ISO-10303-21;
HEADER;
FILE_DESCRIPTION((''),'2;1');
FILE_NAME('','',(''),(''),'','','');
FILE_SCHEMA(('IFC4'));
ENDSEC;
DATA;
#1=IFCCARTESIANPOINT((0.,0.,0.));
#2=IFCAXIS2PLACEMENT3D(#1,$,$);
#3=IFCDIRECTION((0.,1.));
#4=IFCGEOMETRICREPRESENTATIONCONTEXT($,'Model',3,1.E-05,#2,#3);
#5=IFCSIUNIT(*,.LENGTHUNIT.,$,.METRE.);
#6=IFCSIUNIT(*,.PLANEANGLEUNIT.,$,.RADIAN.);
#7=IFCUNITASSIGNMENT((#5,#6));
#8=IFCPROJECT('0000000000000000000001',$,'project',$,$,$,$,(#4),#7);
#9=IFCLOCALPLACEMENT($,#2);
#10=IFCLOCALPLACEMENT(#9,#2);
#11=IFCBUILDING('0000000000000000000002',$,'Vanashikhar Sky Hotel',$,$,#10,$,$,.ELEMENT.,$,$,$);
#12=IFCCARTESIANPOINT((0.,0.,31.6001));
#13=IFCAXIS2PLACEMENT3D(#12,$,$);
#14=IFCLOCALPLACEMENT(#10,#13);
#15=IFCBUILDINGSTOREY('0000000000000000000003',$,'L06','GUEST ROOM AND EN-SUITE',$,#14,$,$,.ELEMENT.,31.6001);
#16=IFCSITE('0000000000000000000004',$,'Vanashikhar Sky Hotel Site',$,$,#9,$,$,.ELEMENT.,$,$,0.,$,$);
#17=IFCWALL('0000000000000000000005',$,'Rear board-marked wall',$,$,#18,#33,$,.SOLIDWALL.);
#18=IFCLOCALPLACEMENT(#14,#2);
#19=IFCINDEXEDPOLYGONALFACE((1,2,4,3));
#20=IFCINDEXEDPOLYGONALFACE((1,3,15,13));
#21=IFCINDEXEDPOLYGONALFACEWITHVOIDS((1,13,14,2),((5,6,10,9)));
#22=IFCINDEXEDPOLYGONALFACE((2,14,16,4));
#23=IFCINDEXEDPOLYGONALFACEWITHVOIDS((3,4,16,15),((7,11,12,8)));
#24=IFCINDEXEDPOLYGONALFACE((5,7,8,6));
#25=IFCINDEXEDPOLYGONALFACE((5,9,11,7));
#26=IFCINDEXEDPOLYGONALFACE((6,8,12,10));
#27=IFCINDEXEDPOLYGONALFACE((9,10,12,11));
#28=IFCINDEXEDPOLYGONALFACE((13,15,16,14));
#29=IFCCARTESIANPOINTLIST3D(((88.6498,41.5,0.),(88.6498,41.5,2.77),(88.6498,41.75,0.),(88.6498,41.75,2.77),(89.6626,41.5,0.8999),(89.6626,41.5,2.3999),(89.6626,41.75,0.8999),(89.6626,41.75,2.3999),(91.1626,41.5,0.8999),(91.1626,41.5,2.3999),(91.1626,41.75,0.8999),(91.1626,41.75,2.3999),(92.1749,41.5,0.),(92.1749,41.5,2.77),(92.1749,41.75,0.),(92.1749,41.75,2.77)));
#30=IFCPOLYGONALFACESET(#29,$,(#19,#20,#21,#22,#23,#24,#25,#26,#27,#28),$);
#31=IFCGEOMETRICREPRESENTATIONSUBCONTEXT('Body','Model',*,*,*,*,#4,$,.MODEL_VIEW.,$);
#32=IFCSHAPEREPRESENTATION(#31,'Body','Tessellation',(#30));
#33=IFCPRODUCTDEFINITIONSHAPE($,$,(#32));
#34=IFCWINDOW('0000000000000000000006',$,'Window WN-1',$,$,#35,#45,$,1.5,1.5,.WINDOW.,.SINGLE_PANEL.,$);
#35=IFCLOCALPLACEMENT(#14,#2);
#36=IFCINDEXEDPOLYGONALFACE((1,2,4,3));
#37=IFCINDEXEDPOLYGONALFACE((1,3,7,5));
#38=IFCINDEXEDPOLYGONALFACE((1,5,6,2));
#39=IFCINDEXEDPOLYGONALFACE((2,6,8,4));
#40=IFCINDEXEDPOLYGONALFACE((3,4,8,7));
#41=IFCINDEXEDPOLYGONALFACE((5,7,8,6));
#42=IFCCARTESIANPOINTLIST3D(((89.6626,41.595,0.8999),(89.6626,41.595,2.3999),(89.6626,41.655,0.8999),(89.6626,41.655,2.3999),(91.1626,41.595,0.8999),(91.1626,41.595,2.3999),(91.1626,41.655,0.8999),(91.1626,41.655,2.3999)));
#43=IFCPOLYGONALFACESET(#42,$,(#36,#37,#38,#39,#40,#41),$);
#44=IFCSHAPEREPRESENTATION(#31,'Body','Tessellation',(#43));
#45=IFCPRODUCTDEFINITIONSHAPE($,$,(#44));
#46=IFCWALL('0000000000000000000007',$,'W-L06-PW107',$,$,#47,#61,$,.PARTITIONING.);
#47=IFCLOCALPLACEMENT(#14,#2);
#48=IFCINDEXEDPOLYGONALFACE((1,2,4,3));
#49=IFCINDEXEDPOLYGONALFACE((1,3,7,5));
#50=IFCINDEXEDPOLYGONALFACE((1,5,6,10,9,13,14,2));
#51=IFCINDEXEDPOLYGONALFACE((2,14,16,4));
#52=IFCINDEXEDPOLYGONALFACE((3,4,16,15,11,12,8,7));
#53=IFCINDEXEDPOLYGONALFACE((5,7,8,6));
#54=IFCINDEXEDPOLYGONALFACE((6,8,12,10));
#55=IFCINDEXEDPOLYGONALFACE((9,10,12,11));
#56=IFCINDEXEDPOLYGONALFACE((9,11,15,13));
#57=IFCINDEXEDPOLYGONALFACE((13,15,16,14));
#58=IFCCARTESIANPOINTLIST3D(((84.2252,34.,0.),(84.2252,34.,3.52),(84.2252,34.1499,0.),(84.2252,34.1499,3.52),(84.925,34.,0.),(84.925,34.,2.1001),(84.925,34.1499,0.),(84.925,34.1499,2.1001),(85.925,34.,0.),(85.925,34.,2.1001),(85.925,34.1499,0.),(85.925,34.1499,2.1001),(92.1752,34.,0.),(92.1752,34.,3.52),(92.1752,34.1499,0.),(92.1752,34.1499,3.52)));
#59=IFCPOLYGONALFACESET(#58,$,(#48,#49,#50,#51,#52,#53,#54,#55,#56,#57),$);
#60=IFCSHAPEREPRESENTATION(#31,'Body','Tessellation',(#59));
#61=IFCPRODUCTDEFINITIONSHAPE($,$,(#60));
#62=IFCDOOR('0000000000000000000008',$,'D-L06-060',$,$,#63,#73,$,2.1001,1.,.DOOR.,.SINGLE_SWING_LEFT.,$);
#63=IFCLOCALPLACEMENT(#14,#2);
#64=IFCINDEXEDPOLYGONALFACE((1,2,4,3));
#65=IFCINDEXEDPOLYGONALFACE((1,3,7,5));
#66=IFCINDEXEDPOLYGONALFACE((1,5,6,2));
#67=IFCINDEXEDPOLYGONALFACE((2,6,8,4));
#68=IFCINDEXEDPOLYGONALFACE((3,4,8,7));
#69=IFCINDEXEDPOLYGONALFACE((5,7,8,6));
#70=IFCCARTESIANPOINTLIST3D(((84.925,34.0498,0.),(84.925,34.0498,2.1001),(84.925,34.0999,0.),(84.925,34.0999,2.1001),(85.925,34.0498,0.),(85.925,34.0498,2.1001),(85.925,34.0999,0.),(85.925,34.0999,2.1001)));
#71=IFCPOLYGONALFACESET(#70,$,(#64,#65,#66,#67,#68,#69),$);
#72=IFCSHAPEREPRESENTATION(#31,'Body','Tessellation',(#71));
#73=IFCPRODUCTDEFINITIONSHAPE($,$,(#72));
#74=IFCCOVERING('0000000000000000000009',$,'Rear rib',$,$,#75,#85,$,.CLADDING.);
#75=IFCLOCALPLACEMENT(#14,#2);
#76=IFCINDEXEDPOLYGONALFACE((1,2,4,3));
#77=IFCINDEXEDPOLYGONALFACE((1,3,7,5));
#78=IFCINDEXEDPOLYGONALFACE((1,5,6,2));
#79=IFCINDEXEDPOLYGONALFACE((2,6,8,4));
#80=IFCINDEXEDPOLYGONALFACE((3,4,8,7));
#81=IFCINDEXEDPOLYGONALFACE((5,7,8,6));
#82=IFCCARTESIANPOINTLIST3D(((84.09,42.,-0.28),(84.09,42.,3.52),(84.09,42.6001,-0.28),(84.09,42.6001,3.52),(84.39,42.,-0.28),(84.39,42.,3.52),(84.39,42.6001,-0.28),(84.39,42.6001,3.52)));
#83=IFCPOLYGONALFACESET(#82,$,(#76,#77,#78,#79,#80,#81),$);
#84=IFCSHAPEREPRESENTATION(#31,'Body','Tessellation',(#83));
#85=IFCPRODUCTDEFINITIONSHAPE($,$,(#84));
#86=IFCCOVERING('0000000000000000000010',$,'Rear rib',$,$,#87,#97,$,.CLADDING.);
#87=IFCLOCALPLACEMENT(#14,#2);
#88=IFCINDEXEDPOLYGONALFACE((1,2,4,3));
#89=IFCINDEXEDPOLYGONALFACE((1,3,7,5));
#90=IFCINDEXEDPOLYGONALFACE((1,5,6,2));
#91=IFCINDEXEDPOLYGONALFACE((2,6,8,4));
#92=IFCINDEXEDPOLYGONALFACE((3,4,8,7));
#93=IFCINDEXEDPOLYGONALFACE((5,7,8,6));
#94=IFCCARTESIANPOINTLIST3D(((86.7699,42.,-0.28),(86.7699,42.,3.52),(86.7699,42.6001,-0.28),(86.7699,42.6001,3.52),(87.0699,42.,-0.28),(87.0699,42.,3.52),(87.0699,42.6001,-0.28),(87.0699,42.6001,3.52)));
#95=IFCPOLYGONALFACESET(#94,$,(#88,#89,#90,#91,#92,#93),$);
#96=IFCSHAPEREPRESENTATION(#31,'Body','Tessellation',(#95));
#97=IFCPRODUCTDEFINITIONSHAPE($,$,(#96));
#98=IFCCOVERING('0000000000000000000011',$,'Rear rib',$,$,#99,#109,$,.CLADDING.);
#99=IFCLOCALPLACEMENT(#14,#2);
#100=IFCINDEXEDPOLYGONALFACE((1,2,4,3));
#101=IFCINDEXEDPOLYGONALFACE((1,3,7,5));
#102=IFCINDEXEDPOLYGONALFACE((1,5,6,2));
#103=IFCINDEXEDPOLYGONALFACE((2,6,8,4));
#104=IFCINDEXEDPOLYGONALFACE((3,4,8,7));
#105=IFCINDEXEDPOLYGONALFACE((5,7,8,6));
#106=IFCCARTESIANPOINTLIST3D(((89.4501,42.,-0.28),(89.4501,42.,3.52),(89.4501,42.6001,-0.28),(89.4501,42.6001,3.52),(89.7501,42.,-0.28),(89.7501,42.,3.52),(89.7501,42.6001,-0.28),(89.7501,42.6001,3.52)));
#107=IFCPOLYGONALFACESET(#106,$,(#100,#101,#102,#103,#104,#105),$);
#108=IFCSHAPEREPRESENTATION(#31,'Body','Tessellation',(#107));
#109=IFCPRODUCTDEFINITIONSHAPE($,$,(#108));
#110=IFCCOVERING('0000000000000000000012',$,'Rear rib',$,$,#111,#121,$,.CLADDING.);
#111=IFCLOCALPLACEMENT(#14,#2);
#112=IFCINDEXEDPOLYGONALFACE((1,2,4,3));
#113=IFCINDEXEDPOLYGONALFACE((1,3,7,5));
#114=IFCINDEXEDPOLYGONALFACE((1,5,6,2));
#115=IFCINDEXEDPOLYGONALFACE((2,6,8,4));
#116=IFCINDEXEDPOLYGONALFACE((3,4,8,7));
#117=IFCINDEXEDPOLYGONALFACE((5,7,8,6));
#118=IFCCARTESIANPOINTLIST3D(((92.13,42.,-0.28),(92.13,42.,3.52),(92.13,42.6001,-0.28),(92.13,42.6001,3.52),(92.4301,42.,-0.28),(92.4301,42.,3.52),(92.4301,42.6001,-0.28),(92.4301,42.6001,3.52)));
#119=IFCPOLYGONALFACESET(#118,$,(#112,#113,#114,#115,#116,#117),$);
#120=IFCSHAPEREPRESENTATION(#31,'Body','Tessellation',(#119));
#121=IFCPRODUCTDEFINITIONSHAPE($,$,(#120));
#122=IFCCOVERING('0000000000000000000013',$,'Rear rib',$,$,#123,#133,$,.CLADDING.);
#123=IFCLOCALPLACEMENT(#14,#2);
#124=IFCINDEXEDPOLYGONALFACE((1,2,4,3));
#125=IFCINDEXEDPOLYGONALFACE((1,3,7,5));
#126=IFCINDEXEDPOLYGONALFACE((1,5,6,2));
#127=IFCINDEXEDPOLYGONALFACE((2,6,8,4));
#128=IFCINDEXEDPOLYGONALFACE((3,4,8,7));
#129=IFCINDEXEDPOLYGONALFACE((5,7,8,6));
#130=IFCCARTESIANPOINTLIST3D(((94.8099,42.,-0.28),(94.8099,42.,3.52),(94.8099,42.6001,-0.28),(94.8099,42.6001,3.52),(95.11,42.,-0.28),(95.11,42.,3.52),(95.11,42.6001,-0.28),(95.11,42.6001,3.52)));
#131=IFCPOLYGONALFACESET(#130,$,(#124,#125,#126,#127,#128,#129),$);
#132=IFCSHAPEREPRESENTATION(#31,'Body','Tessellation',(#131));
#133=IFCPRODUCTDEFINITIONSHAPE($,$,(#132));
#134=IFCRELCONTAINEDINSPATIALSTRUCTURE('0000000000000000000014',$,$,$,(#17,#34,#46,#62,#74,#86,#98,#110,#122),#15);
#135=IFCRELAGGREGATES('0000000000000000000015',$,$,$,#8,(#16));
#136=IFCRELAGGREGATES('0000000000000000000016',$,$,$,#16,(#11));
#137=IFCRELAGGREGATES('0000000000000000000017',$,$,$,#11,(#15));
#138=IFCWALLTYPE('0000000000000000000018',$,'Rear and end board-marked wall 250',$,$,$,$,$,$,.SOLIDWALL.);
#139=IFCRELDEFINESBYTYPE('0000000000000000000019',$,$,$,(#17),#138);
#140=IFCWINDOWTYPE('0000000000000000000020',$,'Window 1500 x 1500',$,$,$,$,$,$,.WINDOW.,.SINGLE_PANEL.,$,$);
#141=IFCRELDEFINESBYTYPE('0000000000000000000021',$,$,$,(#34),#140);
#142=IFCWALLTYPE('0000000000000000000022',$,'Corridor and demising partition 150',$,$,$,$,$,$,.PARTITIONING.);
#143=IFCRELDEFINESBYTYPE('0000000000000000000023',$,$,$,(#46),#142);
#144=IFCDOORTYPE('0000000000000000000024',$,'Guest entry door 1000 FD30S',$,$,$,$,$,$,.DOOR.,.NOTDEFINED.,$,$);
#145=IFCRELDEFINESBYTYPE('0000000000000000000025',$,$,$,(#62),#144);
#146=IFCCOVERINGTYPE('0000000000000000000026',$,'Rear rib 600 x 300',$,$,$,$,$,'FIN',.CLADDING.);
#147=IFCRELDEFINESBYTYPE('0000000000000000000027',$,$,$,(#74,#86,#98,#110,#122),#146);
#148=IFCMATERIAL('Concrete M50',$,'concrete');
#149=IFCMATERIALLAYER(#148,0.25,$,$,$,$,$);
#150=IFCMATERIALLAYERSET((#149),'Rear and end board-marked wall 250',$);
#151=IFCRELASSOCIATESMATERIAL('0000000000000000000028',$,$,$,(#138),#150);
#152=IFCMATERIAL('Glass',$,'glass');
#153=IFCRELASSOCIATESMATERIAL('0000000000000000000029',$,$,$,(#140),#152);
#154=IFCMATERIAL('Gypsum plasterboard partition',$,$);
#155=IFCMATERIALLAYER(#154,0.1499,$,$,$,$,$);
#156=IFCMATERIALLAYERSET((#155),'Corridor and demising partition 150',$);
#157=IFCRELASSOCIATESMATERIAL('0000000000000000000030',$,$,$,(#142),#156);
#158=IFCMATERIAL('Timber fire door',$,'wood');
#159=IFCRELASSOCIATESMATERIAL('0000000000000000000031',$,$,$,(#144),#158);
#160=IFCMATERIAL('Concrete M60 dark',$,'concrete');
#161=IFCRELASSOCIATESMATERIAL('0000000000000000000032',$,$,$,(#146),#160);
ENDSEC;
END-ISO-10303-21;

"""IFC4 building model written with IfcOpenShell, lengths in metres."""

from ifc_helpers import new_model, si_unit, direction, frame, frame_2d, origin, origin_2d, place, context, subcontext, project, spatial, rectangle, extrude, source, transform, mapped, material, layer, layer_set, material_profile, profile_set, type_object, element, fill, save


model = new_model("IFC4")

# Units and contexts
model_context = context("Model", 3, precision=1e-05, world=origin(), true_north=direction((0.0, 1.0)))
body_context = subcontext(model_context, "Body", "Model", "MODEL_VIEW")
ifc_project = project(units=[si_unit("LENGTHUNIT", "METRE"), si_unit("PLANEANGLEUNIT", "RADIAN")], contexts=[model_context])

# Site, building, storey
site_placement = place(None, origin())
site = spatial("IfcSite", under=ifc_project, at=site_placement, Name="Vanashikhar Sky Hotel Site", CompositionType="ELEMENT", RefElevation=0.0)
building_placement = place(site_placement, origin())
building = spatial("IfcBuilding", under=site, at=building_placement, Name="Vanashikhar Sky Hotel", CompositionType="ELEMENT")
storey_placement = place(building_placement, frame((0.0, 0.0, 31.6001)))
storey = spatial("IfcBuildingStorey", under=building, at=storey_placement, Name="L06", Description="GUEST ROOM AND EN-SUITE", CompositionType="ELEMENT", Elevation=31.6001)

# Shared definitions
ifc_material_1 = material(Name="Concrete M50", Category="concrete")

# Wall, opening, window
ifc_material_2 = material(Name="Glass", Category="glass")
ifc_layer_1 = layer(ifc_material_1, 0.25)
ifc_layer_set_1 = layer_set([ifc_layer_1], Name="Rear and end board-marked wall 250")
wall_type_1 = type_object("IfcWallType", Name="Rear and end board-marked wall 250", PredefinedType="SOLIDWALL", material=ifc_layer_set_1)
shared_shape_1 = source(origin(), body_context, "Body", "SweptSolid", [
    extrude(rectangle(XDim=1.5, YDim=1.5, at=frame_2d((0.75, 0.75))), frame((0.0, 0.135, 0.0), z_axis=(0.0, -1.0, 0.0), x_axis=(1.0, 0.0, 0.0)), (0.0, 0.0, 1.0), 0.27),
])
window_type_1 = type_object("IfcWindowType", Name="Window 1500 x 1500", PartitioningType="SINGLE_PANEL", PredefinedType="WINDOW", material=ifc_material_2)
shared_shape_2 = source(origin(), body_context, "Body", "SweptSolid", [
    extrude(rectangle(XDim=1.5, YDim=1.5, at=frame_2d((0.75, 0.75))), frame((0.0, 0.03, 0.0), z_axis=(0.0, -1.0, 0.0), x_axis=(1.0, 0.0, 0.0)), (0.0, 0.0, 1.0), 0.0601),
])
shared_shape_3 = source(origin(), body_context, "Body", "SweptSolid", [
    extrude(rectangle(XDim=3.5251, YDim=0.25, at=frame_2d((1.7627, 0.0))), origin(), (0.0, 0.0, 1.0), 2.77),
])
wall_1_placement = place(storey_placement, frame((92.175, 41.625, 0.0), z_axis=(0.0, 0.0, 1.0), x_axis=(-1.0, 0.0, 0.0)))
wall_1 = element("IfcWall", 1, at=wall_1_placement, inside=storey, type_object=wall_type_1, Name="Rear board-marked wall", PredefinedType="SOLIDWALL", context=body_context, shape_type="MappedRepresentation", body=[
    mapped(shared_shape_3, transform((0.0, 0.0, 0.0), scale=1.0)),
])
opening_1_placement = place(wall_1_placement, frame((1.0125, 0.0, 0.8999)))
opening_1 = element("IfcOpeningElement", 2, at=opening_1_placement, cuts=wall_1, PredefinedType="OPENING", context=body_context, shape_type="MappedRepresentation", body=[
    mapped(shared_shape_1, transform((0.0, 0.0, 0.0), scale=1.0)),
])
window_1_placement = place(opening_1_placement, origin())
window_1 = element("IfcWindow", 3, at=window_1_placement, inside=storey, type_object=window_type_1, Name="Window WN-1", OverallHeight=1.5, OverallWidth=1.5, PartitioningType="SINGLE_PANEL", PredefinedType="WINDOW", context=body_context, shape_type="MappedRepresentation", body=[
    mapped(shared_shape_2, transform((0.0, 0.0, 0.0), scale=1.0)),
])
fill(opening_1, window_1)

# Wall, opening, door
ifc_material_3 = material(Name="Gypsum plasterboard partition")
ifc_layer_2 = layer(ifc_material_3, 0.1499)
ifc_layer_set_2 = layer_set([ifc_layer_2], Name="Corridor and demising partition 150")
wall_type_2 = type_object("IfcWallType", Name="Corridor and demising partition 150", PredefinedType="PARTITIONING", material=ifc_layer_set_2)
shared_shape_4 = source(origin(), body_context, "Body", "SweptSolid", [
    extrude(rectangle(XDim=7.95, YDim=0.1499, at=frame_2d((3.9751, 0.0))), origin(), (0.0, 0.0, 1.0), 3.52),
])
wall_2_placement = place(storey_placement, frame((84.2251, 34.075, 0.0), z_axis=(0.0, 0.0, 1.0), x_axis=(1.0, 0.0, 0.0)))
wall_2 = element("IfcWall", 4, at=wall_2_placement, inside=storey, type_object=wall_type_2, Name="W-L06-PW107", PredefinedType="PARTITIONING", context=body_context, shape_type="MappedRepresentation", body=[
    mapped(shared_shape_4, transform((0.0, 0.0, 0.0), scale=1.0)),
])
shared_shape_5 = source(origin(), body_context, "Body", "SweptSolid", [
    extrude(rectangle(XDim=1.0, YDim=2.1001, at=frame_2d((0.5, 1.05))), frame((0.0, 0.085, 0.0), z_axis=(0.0, -1.0, 0.0), x_axis=(1.0, 0.0, 0.0)), (0.0, 0.0, 1.0), 0.1699),
])
opening_2_placement = place(wall_2_placement, frame((0.7, 0.0, 0.0)))
opening_2 = element("IfcOpeningElement", 5, at=opening_2_placement, cuts=wall_2, PredefinedType="OPENING", context=body_context, shape_type="MappedRepresentation", body=[
    mapped(shared_shape_5, transform((0.0, 0.0, 0.0), scale=1.0)),
])
ifc_material_4 = material(Name="Timber fire door", Category="wood")
door_type = type_object("IfcDoorType", Name="Guest entry door 1000 FD30S", OperationType="NOTDEFINED", PredefinedType="DOOR", material=ifc_material_4)
shared_shape_6 = source(origin(), body_context, "Body", "SweptSolid", [
    extrude(rectangle(XDim=1.0, YDim=2.1001, at=frame_2d((0.5, 1.05))), frame((0.0, 0.0249, 0.0), z_axis=(0.0, -1.0, 0.0), x_axis=(1.0, 0.0, 0.0)), (0.0, 0.0, 1.0), 0.05),
])
door_placement = place(opening_2_placement, origin())
door = element("IfcDoor", 6, at=door_placement, inside=storey, type_object=door_type, Name="D-L06-060", OperationType="SINGLE_SWING_LEFT", OverallHeight=2.1001, OverallWidth=1.0, PredefinedType="DOOR", context=body_context, shape_type="MappedRepresentation", body=[
    mapped(shared_shape_6, transform((0.0, 0.0, 0.0), scale=1.0)),
])
fill(opening_2, door)

# Coverings
ifc_material_5 = material(Name="Concrete M60 dark", Category="concrete")
ifc_material_profile_1 = material_profile(ifc_material_5, rectangle(XDim=0.6001, YDim=0.3, at=origin_2d()))
ifc_profile_set_1 = profile_set([ifc_material_profile_1], Name="Rear rib 600 x 300")
covering_type = type_object("IfcCoveringType", Name="Rear rib 600 x 300", ElementType="FIN", PredefinedType="CLADDING", material=ifc_profile_set_1)
shared_shape_7 = source(origin(), body_context, "Body", "SweptSolid", [
    extrude(rectangle(XDim=0.6001, YDim=0.3, at=origin_2d()), origin(), (0.0, 0.0, 1.0), 3.8),
])
for number, where, z_axis, x_axis, name in (
    (7, (84.24, 42.3, -0.28), (0.0, 0.0, 1.0), (0.0, 1.0, 0.0), "Rear rib"),
    (8, (86.9199, 42.3, -0.28), (0.0, 0.0, 1.0), (0.0, 1.0, 0.0), "Rear rib"),
    (9, (89.6001, 42.3, -0.28), (0.0, 0.0, 1.0), (0.0, 1.0, 0.0), "Rear rib"),
    (10, (92.28, 42.3, -0.28), (0.0, 0.0, 1.0), (0.0, 1.0, 0.0), "Rear rib"),
    (11, (94.96, 42.3, -0.28), (0.0, 0.0, 1.0), (0.0, 1.0, 0.0), "Rear rib"),
):
    element("IfcCovering", number, at=place(storey_placement, frame(where, z_axis=z_axis, x_axis=x_axis)), inside=storey, type_object=covering_type, Name=name, PredefinedType="CLADDING", context=body_context, shape_type="MappedRepresentation", body=[
        mapped(shared_shape_7, transform((0.0, 0.0, 0.0), scale=1.0)),
    ])

save(model, "model.ifc")
